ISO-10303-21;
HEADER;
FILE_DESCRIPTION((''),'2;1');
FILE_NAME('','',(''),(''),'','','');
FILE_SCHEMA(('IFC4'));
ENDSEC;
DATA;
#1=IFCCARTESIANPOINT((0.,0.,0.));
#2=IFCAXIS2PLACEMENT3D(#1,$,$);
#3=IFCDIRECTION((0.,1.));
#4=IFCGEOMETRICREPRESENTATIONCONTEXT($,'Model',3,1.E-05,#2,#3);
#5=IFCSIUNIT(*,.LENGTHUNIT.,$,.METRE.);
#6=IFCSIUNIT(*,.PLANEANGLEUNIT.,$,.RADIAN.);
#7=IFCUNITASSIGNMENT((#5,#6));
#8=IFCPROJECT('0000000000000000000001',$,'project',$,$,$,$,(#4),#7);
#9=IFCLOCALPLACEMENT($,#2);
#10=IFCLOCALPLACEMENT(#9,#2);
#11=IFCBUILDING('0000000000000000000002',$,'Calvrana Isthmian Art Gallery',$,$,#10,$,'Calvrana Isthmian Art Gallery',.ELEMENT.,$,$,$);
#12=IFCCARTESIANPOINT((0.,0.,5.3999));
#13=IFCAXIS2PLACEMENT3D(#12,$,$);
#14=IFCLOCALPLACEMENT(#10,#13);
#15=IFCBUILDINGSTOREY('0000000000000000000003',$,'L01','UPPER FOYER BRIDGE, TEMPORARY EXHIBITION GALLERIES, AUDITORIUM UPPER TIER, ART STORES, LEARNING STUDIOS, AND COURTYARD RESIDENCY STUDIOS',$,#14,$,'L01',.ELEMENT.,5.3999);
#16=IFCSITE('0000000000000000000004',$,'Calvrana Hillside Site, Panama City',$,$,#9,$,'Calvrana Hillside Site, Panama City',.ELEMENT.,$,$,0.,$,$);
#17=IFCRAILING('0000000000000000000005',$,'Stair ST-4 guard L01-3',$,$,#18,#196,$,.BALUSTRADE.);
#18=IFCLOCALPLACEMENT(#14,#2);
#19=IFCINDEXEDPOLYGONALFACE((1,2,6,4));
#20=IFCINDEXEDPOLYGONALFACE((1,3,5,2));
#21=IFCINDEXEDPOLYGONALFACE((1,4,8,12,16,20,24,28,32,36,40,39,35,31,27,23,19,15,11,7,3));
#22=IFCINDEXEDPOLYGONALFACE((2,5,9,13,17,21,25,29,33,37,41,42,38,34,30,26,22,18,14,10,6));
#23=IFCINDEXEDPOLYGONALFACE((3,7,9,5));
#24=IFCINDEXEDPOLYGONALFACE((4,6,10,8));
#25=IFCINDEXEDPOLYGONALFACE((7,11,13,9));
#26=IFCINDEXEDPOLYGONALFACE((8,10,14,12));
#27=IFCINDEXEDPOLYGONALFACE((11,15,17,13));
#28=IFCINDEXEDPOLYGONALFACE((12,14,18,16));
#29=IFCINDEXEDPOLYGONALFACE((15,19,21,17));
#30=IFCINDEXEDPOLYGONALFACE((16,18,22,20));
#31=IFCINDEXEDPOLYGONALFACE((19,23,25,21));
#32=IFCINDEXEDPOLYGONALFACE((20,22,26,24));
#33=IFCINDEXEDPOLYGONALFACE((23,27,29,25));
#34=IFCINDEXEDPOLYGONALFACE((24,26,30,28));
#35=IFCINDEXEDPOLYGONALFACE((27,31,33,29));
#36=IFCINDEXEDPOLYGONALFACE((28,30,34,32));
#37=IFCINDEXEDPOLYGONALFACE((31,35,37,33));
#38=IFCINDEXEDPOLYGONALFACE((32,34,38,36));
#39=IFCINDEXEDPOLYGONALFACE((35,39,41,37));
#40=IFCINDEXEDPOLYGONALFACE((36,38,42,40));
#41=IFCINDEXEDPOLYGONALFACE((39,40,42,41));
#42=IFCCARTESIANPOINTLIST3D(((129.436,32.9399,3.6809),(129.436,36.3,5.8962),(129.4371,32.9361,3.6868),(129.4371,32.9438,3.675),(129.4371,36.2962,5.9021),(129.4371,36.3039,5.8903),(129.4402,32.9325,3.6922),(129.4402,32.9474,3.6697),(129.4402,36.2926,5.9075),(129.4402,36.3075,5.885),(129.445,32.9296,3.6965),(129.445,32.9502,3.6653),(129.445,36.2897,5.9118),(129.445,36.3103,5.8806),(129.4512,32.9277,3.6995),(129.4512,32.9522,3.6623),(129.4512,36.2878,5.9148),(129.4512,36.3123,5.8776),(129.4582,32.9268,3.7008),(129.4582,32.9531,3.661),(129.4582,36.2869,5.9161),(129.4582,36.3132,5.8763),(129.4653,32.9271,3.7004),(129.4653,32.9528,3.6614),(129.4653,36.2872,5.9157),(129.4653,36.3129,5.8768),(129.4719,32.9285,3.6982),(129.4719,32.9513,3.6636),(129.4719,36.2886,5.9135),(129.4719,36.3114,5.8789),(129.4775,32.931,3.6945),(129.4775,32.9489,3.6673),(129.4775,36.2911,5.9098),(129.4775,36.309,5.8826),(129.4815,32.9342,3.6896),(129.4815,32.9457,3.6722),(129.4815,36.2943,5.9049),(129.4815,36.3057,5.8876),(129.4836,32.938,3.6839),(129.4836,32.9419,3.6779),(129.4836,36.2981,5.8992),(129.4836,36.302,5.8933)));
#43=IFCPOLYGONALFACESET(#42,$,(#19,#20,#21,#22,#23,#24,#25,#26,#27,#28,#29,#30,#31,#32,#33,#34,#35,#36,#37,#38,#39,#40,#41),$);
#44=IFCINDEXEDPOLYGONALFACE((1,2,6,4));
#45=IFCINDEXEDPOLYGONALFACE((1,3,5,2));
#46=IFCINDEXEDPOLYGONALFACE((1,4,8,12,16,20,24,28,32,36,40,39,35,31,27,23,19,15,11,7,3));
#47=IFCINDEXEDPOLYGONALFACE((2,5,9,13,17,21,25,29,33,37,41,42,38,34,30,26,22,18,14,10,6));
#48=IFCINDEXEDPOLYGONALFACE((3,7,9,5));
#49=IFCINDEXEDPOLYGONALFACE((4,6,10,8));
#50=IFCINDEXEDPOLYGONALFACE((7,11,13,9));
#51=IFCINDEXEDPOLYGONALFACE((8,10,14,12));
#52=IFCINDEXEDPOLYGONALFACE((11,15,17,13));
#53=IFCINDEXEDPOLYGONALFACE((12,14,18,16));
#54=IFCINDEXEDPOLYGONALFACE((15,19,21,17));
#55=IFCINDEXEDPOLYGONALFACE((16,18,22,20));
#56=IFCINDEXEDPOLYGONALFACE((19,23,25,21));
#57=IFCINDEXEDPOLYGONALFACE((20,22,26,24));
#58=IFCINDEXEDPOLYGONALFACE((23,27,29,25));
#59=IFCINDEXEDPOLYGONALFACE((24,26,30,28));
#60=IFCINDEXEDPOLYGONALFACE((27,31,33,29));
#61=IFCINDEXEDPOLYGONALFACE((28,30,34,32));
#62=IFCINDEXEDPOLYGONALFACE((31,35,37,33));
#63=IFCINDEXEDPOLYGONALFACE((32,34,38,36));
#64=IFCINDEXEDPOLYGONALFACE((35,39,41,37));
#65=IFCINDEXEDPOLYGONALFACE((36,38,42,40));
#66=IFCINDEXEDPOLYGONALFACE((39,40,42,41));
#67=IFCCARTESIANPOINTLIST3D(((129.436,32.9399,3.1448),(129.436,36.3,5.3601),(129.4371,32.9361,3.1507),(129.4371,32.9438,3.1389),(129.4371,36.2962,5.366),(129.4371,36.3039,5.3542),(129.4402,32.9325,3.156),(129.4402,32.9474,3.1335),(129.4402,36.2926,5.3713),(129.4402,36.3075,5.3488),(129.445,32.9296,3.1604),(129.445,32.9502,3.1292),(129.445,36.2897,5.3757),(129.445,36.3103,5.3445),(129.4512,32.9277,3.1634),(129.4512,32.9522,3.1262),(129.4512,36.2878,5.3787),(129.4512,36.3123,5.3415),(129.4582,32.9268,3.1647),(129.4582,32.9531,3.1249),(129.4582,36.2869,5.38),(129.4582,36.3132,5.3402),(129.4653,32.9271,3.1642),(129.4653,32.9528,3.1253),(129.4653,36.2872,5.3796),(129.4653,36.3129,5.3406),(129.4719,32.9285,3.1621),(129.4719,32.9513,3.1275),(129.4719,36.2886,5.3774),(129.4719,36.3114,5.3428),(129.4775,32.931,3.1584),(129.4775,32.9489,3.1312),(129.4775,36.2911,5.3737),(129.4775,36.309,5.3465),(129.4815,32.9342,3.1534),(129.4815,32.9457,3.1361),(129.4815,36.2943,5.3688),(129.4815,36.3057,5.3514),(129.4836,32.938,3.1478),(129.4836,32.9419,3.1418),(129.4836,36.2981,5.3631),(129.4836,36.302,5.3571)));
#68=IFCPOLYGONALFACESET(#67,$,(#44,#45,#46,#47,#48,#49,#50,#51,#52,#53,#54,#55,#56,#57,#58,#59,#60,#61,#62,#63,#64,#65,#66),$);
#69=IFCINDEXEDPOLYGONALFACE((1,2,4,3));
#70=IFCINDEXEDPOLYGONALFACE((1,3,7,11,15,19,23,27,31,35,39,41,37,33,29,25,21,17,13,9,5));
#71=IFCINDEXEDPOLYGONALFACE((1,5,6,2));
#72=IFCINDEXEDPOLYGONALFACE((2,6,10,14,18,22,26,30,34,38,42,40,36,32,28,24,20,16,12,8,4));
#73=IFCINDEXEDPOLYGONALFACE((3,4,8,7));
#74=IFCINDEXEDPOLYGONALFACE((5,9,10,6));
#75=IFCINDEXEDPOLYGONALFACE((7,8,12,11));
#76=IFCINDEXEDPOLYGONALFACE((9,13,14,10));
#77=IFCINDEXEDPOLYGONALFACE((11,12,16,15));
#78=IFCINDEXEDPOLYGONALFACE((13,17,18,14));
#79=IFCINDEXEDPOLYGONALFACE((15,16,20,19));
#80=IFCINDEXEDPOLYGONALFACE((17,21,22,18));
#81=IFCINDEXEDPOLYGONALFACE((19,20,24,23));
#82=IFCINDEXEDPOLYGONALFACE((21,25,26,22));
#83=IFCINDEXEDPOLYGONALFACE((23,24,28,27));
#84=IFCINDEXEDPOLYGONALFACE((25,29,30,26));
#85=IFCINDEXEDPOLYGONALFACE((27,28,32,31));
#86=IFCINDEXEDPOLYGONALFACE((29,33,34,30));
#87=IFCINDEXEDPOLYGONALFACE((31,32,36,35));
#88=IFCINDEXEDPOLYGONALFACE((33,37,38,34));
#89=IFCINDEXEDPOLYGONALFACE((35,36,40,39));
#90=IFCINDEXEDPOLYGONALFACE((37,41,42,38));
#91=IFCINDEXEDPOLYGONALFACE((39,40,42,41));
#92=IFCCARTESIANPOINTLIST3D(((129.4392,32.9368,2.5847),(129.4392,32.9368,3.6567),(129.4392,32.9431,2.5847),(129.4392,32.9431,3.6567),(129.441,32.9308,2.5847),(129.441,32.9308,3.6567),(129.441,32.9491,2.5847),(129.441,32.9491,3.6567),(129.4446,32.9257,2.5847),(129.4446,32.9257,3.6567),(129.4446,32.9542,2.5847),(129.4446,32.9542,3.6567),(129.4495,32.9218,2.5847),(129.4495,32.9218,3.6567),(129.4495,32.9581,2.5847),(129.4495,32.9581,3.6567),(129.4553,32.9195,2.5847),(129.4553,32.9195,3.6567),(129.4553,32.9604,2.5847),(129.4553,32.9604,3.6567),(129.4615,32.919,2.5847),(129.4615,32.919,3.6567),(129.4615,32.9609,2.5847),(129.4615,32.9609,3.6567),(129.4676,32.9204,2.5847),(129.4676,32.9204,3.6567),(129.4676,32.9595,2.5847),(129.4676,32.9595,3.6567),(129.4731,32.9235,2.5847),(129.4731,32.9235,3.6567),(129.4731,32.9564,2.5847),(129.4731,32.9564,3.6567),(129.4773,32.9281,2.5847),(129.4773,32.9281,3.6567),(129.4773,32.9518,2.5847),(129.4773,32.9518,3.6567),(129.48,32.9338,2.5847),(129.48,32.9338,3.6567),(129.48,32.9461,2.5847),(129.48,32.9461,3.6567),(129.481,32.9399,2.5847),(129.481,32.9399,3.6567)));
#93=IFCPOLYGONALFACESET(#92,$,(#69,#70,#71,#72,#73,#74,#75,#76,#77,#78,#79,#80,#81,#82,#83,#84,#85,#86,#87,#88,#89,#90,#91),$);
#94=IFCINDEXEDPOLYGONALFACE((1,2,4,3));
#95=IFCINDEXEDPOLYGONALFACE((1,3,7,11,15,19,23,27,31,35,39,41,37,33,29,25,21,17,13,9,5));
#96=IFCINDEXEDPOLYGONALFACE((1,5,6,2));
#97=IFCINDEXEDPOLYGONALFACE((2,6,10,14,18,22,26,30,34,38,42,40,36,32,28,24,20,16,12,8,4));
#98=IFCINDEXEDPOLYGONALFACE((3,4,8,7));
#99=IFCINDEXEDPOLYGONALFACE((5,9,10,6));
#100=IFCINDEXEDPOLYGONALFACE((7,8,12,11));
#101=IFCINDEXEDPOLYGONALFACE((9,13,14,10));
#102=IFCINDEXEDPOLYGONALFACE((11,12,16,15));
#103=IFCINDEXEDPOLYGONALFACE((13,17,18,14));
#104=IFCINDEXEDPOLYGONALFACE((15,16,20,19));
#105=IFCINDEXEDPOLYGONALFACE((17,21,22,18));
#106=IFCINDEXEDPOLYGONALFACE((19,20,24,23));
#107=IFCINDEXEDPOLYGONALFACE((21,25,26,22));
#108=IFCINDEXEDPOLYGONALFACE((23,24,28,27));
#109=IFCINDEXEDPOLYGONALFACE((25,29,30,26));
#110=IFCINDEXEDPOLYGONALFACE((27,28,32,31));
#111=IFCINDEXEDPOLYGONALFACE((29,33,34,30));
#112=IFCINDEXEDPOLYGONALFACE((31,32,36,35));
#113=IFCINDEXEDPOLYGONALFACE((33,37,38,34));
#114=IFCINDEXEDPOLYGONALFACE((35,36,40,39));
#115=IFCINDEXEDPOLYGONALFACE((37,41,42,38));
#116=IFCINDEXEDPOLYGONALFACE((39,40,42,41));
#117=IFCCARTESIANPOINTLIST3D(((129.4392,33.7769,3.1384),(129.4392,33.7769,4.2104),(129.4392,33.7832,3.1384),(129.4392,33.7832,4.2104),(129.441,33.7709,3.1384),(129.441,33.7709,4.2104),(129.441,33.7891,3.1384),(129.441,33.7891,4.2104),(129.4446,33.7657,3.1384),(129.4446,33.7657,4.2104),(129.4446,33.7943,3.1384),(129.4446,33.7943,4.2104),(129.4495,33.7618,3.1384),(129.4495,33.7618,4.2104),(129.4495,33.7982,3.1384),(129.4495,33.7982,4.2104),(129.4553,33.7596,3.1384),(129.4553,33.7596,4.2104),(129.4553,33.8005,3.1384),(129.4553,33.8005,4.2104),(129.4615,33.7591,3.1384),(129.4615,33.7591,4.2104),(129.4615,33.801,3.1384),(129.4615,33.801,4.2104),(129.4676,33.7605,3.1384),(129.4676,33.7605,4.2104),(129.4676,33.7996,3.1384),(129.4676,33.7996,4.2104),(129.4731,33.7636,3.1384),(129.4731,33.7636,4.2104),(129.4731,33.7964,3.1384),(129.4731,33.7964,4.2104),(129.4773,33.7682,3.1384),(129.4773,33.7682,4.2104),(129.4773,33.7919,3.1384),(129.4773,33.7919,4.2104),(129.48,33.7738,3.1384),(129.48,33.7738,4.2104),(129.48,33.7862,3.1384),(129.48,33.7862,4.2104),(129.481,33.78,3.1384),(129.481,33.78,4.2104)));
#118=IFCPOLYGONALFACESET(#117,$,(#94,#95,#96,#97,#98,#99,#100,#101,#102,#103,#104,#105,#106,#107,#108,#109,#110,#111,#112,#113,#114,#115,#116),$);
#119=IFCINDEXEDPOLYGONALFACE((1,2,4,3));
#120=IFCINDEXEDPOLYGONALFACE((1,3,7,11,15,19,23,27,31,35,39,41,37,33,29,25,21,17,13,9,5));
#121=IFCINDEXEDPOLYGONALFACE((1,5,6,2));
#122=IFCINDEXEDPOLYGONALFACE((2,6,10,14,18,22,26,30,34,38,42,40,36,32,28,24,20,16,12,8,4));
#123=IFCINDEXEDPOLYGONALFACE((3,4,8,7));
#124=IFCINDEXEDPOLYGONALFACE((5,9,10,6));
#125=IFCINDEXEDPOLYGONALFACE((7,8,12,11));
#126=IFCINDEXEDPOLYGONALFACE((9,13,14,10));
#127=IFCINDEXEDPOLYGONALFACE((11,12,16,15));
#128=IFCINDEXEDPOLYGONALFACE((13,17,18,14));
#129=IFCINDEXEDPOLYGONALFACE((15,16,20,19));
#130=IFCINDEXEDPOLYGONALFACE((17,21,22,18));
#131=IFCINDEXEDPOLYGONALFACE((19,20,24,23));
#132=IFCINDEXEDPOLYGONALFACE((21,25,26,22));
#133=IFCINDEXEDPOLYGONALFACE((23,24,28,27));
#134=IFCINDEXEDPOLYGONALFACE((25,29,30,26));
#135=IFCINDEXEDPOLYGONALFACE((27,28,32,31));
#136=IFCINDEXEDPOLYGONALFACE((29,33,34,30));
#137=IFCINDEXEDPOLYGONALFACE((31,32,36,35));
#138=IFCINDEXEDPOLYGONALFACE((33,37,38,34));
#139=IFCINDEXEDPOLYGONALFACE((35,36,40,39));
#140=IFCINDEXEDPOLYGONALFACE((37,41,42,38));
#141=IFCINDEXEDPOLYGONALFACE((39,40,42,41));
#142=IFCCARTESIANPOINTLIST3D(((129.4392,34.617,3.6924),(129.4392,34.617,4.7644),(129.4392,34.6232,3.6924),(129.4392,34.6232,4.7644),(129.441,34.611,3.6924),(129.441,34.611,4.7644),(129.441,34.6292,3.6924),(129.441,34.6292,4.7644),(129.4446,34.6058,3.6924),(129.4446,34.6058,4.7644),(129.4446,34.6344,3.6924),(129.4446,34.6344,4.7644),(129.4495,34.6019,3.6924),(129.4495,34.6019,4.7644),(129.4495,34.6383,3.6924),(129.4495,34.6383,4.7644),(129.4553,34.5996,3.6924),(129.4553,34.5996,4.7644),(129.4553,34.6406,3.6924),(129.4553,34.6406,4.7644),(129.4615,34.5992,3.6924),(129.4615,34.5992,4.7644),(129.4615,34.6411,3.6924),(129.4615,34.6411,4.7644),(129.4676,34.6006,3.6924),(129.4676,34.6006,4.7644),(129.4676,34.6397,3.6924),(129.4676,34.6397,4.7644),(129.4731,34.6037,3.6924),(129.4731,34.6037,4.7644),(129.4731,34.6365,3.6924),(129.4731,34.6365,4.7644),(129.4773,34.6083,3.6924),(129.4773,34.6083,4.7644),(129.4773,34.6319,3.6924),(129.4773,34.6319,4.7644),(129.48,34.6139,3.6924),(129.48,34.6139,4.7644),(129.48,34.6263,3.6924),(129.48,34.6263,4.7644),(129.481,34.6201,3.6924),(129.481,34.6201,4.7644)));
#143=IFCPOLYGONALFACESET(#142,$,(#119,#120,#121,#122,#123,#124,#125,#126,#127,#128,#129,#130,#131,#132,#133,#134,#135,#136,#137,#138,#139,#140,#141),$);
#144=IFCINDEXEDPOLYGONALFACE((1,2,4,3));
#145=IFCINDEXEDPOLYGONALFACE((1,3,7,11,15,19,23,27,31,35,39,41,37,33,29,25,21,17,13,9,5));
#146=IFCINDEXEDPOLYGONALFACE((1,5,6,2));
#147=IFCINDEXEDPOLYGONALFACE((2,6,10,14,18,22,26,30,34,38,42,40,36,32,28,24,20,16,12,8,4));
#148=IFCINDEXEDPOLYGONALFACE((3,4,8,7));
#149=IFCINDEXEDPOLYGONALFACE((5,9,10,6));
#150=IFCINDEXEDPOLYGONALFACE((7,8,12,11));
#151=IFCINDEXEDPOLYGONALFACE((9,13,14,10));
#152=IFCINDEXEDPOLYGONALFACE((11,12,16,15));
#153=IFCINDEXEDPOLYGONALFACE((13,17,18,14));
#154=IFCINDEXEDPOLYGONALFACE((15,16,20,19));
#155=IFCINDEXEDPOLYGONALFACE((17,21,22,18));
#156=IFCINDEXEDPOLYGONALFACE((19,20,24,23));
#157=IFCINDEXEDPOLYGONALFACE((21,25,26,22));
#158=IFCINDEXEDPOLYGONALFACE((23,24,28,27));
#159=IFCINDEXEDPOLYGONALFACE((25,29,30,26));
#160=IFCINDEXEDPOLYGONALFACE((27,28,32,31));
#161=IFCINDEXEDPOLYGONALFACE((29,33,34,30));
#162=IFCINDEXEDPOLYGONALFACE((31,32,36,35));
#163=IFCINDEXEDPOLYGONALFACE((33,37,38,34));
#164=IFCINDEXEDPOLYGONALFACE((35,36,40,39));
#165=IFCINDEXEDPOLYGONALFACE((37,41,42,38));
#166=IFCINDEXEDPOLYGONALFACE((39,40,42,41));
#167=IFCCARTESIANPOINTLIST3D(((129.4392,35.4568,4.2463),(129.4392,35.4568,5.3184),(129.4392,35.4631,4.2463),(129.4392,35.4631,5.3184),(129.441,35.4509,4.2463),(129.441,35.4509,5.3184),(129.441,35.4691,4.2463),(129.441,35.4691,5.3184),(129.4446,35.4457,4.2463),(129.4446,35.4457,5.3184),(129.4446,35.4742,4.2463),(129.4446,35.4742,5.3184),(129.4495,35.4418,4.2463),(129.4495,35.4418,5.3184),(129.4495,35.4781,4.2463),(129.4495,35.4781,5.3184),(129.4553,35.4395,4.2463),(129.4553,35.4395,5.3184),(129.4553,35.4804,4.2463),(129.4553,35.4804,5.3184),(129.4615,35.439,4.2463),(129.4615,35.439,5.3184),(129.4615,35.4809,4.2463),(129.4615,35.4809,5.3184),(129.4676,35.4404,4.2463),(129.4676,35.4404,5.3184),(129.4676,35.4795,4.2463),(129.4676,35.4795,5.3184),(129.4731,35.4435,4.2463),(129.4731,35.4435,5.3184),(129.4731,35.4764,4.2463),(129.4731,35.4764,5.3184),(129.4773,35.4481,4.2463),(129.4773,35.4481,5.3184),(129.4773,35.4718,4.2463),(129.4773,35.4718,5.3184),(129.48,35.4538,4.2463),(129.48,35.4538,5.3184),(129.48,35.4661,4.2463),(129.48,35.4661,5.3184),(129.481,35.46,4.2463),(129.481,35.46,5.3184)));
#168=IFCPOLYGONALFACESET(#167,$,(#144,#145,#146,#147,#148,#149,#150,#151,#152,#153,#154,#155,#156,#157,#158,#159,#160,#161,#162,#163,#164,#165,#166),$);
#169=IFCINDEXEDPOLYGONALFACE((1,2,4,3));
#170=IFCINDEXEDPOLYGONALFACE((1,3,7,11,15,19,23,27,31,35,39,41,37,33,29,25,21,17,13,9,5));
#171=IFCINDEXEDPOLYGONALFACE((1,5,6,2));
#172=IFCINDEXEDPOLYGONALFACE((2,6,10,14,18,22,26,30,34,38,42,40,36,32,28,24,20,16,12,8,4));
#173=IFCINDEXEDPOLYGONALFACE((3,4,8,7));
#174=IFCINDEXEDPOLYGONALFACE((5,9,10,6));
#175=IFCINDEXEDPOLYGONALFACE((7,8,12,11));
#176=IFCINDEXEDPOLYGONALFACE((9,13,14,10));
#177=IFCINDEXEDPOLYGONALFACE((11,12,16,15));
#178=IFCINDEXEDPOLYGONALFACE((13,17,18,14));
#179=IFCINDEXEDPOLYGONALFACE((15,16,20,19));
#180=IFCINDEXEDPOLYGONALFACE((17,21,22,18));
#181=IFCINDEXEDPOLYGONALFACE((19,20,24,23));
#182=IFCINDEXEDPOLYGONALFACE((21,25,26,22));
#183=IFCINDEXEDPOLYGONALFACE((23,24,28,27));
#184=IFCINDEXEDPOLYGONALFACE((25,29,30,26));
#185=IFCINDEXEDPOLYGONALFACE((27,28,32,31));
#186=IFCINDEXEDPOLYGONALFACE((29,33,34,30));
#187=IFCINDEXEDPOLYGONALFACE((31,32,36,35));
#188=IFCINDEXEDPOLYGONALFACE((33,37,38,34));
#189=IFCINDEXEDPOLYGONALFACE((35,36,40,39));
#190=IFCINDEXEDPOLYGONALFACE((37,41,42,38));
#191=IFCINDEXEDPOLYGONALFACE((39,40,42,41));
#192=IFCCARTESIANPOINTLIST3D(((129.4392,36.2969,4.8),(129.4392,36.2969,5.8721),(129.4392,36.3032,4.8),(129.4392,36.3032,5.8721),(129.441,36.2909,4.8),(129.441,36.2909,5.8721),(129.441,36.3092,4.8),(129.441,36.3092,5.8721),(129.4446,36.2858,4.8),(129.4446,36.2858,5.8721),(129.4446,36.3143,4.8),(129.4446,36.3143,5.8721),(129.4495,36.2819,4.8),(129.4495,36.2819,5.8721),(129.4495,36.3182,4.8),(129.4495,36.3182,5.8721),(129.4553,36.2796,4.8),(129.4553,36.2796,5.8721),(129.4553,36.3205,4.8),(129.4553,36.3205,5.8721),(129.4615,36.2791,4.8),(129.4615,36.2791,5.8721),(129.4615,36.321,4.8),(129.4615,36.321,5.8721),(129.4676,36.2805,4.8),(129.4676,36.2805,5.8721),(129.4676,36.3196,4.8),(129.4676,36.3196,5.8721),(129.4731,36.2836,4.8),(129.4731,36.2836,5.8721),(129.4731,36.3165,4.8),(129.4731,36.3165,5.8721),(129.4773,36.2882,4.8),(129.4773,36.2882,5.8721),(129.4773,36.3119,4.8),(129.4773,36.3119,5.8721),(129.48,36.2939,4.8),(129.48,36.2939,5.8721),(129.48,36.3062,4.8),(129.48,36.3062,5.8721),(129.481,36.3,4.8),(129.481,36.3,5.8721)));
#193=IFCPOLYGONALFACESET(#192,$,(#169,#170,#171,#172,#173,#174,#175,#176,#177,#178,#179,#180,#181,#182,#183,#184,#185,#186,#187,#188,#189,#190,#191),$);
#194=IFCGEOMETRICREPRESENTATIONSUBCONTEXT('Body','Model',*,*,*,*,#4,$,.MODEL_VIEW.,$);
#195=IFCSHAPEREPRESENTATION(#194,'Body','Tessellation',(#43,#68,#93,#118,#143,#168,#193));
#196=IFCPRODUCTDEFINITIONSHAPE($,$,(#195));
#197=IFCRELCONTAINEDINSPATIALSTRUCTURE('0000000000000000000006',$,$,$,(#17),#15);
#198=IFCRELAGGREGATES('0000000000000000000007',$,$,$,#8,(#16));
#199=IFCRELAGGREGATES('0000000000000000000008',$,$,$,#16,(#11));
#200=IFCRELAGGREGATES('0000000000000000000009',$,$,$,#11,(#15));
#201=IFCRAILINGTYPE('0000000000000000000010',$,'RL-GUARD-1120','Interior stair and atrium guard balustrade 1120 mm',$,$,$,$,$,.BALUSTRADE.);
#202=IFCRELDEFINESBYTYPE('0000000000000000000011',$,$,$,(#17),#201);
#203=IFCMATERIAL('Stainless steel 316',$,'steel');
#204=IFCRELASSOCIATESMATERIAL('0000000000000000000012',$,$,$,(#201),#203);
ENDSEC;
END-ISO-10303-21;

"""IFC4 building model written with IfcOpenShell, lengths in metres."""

from ifc_helpers import new_model, si_unit, direction, frame, origin, origin_2d, place, context, subcontext, project, spatial, circle, extrude, material, type_object, element, save


model = new_model("IFC4")

# Units and contexts
model_context = context("Model", 3, precision=1e-05, world=origin(), true_north=direction((0.0, 1.0)))
body_context = subcontext(model_context, "Body", "Model", "MODEL_VIEW")
ifc_project = project(units=[si_unit("LENGTHUNIT", "METRE"), si_unit("PLANEANGLEUNIT", "RADIAN")], contexts=[model_context])

# Site, building, storey
site_placement = place(None, origin())
site = spatial("IfcSite", under=ifc_project, at=site_placement, Name="Calvrana Hillside Site, Panama City", LongName="Calvrana Hillside Site, Panama City", CompositionType="ELEMENT", RefElevation=0.0)
building_placement = place(site_placement, origin())
building = spatial("IfcBuilding", under=site, at=building_placement, Name="Calvrana Isthmian Art Gallery", LongName="Calvrana Isthmian Art Gallery", CompositionType="ELEMENT")
storey_placement = place(building_placement, frame((0.0, 0.0, 5.3999)))
storey = spatial("IfcBuildingStorey", under=building, at=storey_placement, Name="L01", Description="UPPER FOYER BRIDGE, TEMPORARY EXHIBITION GALLERIES, AUDITORIUM UPPER TIER, ART STORES, LEARNING STUDIOS, AND COURTYARD RESIDENCY STUDIOS", LongName="L01", CompositionType="ELEMENT", Elevation=5.3999)

# Shared definitions
ifc_material_1 = material(Name="Stainless steel 316", Category="steel")

# Railing
railing_type = type_object("IfcRailingType", Name="RL-GUARD-1120", Description="Interior stair and atrium guard balustrade 1120 mm", PredefinedType="BALUSTRADE", material=ifc_material_1)
railing_1_placement = place(storey_placement, frame((129.46, 32.9399, 2.5847)))
element("IfcRailing", 1, at=railing_1_placement, inside=storey, type_object=railing_type, Name="Stair ST-4 guard L01-3", PredefinedType="BALUSTRADE", context=body_context, shape_type="SweptSolid", body=[
    extrude(circle(Radius=0.0239, at=origin_2d()), frame((0.0, 0.0, 1.0962), z_axis=(0.0, 0.834876, 0.550437), x_axis=(-1.0, 0.0, 0.0)), (0.0, 0.0, 1.0), 4.0247),
    extrude(circle(Radius=0.0239, at=origin_2d()), frame((0.0, 0.0, 0.5601), z_axis=(0.0, 0.834876, 0.550437), x_axis=(-1.0, 0.0, 0.0)), (0.0, 0.0, 1.0), 4.0247),
    extrude(circle(Radius=0.021, at=origin_2d()), origin(), (0.0, 0.0, 1.0), 1.072),
    extrude(circle(Radius=0.021, at=origin_2d()), frame((0.0, 0.8401, 0.5537)), (0.0, 0.0, 1.0), 1.072),
    extrude(circle(Radius=0.021, at=origin_2d()), frame((0.0, 1.6802, 1.1077)), (0.0, 0.0, 1.0), 1.072),
    extrude(circle(Radius=0.021, at=origin_2d()), frame((0.0, 2.52, 1.6616)), (0.0, 0.0, 1.0), 1.072),
    extrude(circle(Radius=0.021, at=origin_2d()), frame((0.0, 3.3601, 2.2153)), (0.0, 0.0, 1.0), 1.072),
])

save(model, "model.ifc")
